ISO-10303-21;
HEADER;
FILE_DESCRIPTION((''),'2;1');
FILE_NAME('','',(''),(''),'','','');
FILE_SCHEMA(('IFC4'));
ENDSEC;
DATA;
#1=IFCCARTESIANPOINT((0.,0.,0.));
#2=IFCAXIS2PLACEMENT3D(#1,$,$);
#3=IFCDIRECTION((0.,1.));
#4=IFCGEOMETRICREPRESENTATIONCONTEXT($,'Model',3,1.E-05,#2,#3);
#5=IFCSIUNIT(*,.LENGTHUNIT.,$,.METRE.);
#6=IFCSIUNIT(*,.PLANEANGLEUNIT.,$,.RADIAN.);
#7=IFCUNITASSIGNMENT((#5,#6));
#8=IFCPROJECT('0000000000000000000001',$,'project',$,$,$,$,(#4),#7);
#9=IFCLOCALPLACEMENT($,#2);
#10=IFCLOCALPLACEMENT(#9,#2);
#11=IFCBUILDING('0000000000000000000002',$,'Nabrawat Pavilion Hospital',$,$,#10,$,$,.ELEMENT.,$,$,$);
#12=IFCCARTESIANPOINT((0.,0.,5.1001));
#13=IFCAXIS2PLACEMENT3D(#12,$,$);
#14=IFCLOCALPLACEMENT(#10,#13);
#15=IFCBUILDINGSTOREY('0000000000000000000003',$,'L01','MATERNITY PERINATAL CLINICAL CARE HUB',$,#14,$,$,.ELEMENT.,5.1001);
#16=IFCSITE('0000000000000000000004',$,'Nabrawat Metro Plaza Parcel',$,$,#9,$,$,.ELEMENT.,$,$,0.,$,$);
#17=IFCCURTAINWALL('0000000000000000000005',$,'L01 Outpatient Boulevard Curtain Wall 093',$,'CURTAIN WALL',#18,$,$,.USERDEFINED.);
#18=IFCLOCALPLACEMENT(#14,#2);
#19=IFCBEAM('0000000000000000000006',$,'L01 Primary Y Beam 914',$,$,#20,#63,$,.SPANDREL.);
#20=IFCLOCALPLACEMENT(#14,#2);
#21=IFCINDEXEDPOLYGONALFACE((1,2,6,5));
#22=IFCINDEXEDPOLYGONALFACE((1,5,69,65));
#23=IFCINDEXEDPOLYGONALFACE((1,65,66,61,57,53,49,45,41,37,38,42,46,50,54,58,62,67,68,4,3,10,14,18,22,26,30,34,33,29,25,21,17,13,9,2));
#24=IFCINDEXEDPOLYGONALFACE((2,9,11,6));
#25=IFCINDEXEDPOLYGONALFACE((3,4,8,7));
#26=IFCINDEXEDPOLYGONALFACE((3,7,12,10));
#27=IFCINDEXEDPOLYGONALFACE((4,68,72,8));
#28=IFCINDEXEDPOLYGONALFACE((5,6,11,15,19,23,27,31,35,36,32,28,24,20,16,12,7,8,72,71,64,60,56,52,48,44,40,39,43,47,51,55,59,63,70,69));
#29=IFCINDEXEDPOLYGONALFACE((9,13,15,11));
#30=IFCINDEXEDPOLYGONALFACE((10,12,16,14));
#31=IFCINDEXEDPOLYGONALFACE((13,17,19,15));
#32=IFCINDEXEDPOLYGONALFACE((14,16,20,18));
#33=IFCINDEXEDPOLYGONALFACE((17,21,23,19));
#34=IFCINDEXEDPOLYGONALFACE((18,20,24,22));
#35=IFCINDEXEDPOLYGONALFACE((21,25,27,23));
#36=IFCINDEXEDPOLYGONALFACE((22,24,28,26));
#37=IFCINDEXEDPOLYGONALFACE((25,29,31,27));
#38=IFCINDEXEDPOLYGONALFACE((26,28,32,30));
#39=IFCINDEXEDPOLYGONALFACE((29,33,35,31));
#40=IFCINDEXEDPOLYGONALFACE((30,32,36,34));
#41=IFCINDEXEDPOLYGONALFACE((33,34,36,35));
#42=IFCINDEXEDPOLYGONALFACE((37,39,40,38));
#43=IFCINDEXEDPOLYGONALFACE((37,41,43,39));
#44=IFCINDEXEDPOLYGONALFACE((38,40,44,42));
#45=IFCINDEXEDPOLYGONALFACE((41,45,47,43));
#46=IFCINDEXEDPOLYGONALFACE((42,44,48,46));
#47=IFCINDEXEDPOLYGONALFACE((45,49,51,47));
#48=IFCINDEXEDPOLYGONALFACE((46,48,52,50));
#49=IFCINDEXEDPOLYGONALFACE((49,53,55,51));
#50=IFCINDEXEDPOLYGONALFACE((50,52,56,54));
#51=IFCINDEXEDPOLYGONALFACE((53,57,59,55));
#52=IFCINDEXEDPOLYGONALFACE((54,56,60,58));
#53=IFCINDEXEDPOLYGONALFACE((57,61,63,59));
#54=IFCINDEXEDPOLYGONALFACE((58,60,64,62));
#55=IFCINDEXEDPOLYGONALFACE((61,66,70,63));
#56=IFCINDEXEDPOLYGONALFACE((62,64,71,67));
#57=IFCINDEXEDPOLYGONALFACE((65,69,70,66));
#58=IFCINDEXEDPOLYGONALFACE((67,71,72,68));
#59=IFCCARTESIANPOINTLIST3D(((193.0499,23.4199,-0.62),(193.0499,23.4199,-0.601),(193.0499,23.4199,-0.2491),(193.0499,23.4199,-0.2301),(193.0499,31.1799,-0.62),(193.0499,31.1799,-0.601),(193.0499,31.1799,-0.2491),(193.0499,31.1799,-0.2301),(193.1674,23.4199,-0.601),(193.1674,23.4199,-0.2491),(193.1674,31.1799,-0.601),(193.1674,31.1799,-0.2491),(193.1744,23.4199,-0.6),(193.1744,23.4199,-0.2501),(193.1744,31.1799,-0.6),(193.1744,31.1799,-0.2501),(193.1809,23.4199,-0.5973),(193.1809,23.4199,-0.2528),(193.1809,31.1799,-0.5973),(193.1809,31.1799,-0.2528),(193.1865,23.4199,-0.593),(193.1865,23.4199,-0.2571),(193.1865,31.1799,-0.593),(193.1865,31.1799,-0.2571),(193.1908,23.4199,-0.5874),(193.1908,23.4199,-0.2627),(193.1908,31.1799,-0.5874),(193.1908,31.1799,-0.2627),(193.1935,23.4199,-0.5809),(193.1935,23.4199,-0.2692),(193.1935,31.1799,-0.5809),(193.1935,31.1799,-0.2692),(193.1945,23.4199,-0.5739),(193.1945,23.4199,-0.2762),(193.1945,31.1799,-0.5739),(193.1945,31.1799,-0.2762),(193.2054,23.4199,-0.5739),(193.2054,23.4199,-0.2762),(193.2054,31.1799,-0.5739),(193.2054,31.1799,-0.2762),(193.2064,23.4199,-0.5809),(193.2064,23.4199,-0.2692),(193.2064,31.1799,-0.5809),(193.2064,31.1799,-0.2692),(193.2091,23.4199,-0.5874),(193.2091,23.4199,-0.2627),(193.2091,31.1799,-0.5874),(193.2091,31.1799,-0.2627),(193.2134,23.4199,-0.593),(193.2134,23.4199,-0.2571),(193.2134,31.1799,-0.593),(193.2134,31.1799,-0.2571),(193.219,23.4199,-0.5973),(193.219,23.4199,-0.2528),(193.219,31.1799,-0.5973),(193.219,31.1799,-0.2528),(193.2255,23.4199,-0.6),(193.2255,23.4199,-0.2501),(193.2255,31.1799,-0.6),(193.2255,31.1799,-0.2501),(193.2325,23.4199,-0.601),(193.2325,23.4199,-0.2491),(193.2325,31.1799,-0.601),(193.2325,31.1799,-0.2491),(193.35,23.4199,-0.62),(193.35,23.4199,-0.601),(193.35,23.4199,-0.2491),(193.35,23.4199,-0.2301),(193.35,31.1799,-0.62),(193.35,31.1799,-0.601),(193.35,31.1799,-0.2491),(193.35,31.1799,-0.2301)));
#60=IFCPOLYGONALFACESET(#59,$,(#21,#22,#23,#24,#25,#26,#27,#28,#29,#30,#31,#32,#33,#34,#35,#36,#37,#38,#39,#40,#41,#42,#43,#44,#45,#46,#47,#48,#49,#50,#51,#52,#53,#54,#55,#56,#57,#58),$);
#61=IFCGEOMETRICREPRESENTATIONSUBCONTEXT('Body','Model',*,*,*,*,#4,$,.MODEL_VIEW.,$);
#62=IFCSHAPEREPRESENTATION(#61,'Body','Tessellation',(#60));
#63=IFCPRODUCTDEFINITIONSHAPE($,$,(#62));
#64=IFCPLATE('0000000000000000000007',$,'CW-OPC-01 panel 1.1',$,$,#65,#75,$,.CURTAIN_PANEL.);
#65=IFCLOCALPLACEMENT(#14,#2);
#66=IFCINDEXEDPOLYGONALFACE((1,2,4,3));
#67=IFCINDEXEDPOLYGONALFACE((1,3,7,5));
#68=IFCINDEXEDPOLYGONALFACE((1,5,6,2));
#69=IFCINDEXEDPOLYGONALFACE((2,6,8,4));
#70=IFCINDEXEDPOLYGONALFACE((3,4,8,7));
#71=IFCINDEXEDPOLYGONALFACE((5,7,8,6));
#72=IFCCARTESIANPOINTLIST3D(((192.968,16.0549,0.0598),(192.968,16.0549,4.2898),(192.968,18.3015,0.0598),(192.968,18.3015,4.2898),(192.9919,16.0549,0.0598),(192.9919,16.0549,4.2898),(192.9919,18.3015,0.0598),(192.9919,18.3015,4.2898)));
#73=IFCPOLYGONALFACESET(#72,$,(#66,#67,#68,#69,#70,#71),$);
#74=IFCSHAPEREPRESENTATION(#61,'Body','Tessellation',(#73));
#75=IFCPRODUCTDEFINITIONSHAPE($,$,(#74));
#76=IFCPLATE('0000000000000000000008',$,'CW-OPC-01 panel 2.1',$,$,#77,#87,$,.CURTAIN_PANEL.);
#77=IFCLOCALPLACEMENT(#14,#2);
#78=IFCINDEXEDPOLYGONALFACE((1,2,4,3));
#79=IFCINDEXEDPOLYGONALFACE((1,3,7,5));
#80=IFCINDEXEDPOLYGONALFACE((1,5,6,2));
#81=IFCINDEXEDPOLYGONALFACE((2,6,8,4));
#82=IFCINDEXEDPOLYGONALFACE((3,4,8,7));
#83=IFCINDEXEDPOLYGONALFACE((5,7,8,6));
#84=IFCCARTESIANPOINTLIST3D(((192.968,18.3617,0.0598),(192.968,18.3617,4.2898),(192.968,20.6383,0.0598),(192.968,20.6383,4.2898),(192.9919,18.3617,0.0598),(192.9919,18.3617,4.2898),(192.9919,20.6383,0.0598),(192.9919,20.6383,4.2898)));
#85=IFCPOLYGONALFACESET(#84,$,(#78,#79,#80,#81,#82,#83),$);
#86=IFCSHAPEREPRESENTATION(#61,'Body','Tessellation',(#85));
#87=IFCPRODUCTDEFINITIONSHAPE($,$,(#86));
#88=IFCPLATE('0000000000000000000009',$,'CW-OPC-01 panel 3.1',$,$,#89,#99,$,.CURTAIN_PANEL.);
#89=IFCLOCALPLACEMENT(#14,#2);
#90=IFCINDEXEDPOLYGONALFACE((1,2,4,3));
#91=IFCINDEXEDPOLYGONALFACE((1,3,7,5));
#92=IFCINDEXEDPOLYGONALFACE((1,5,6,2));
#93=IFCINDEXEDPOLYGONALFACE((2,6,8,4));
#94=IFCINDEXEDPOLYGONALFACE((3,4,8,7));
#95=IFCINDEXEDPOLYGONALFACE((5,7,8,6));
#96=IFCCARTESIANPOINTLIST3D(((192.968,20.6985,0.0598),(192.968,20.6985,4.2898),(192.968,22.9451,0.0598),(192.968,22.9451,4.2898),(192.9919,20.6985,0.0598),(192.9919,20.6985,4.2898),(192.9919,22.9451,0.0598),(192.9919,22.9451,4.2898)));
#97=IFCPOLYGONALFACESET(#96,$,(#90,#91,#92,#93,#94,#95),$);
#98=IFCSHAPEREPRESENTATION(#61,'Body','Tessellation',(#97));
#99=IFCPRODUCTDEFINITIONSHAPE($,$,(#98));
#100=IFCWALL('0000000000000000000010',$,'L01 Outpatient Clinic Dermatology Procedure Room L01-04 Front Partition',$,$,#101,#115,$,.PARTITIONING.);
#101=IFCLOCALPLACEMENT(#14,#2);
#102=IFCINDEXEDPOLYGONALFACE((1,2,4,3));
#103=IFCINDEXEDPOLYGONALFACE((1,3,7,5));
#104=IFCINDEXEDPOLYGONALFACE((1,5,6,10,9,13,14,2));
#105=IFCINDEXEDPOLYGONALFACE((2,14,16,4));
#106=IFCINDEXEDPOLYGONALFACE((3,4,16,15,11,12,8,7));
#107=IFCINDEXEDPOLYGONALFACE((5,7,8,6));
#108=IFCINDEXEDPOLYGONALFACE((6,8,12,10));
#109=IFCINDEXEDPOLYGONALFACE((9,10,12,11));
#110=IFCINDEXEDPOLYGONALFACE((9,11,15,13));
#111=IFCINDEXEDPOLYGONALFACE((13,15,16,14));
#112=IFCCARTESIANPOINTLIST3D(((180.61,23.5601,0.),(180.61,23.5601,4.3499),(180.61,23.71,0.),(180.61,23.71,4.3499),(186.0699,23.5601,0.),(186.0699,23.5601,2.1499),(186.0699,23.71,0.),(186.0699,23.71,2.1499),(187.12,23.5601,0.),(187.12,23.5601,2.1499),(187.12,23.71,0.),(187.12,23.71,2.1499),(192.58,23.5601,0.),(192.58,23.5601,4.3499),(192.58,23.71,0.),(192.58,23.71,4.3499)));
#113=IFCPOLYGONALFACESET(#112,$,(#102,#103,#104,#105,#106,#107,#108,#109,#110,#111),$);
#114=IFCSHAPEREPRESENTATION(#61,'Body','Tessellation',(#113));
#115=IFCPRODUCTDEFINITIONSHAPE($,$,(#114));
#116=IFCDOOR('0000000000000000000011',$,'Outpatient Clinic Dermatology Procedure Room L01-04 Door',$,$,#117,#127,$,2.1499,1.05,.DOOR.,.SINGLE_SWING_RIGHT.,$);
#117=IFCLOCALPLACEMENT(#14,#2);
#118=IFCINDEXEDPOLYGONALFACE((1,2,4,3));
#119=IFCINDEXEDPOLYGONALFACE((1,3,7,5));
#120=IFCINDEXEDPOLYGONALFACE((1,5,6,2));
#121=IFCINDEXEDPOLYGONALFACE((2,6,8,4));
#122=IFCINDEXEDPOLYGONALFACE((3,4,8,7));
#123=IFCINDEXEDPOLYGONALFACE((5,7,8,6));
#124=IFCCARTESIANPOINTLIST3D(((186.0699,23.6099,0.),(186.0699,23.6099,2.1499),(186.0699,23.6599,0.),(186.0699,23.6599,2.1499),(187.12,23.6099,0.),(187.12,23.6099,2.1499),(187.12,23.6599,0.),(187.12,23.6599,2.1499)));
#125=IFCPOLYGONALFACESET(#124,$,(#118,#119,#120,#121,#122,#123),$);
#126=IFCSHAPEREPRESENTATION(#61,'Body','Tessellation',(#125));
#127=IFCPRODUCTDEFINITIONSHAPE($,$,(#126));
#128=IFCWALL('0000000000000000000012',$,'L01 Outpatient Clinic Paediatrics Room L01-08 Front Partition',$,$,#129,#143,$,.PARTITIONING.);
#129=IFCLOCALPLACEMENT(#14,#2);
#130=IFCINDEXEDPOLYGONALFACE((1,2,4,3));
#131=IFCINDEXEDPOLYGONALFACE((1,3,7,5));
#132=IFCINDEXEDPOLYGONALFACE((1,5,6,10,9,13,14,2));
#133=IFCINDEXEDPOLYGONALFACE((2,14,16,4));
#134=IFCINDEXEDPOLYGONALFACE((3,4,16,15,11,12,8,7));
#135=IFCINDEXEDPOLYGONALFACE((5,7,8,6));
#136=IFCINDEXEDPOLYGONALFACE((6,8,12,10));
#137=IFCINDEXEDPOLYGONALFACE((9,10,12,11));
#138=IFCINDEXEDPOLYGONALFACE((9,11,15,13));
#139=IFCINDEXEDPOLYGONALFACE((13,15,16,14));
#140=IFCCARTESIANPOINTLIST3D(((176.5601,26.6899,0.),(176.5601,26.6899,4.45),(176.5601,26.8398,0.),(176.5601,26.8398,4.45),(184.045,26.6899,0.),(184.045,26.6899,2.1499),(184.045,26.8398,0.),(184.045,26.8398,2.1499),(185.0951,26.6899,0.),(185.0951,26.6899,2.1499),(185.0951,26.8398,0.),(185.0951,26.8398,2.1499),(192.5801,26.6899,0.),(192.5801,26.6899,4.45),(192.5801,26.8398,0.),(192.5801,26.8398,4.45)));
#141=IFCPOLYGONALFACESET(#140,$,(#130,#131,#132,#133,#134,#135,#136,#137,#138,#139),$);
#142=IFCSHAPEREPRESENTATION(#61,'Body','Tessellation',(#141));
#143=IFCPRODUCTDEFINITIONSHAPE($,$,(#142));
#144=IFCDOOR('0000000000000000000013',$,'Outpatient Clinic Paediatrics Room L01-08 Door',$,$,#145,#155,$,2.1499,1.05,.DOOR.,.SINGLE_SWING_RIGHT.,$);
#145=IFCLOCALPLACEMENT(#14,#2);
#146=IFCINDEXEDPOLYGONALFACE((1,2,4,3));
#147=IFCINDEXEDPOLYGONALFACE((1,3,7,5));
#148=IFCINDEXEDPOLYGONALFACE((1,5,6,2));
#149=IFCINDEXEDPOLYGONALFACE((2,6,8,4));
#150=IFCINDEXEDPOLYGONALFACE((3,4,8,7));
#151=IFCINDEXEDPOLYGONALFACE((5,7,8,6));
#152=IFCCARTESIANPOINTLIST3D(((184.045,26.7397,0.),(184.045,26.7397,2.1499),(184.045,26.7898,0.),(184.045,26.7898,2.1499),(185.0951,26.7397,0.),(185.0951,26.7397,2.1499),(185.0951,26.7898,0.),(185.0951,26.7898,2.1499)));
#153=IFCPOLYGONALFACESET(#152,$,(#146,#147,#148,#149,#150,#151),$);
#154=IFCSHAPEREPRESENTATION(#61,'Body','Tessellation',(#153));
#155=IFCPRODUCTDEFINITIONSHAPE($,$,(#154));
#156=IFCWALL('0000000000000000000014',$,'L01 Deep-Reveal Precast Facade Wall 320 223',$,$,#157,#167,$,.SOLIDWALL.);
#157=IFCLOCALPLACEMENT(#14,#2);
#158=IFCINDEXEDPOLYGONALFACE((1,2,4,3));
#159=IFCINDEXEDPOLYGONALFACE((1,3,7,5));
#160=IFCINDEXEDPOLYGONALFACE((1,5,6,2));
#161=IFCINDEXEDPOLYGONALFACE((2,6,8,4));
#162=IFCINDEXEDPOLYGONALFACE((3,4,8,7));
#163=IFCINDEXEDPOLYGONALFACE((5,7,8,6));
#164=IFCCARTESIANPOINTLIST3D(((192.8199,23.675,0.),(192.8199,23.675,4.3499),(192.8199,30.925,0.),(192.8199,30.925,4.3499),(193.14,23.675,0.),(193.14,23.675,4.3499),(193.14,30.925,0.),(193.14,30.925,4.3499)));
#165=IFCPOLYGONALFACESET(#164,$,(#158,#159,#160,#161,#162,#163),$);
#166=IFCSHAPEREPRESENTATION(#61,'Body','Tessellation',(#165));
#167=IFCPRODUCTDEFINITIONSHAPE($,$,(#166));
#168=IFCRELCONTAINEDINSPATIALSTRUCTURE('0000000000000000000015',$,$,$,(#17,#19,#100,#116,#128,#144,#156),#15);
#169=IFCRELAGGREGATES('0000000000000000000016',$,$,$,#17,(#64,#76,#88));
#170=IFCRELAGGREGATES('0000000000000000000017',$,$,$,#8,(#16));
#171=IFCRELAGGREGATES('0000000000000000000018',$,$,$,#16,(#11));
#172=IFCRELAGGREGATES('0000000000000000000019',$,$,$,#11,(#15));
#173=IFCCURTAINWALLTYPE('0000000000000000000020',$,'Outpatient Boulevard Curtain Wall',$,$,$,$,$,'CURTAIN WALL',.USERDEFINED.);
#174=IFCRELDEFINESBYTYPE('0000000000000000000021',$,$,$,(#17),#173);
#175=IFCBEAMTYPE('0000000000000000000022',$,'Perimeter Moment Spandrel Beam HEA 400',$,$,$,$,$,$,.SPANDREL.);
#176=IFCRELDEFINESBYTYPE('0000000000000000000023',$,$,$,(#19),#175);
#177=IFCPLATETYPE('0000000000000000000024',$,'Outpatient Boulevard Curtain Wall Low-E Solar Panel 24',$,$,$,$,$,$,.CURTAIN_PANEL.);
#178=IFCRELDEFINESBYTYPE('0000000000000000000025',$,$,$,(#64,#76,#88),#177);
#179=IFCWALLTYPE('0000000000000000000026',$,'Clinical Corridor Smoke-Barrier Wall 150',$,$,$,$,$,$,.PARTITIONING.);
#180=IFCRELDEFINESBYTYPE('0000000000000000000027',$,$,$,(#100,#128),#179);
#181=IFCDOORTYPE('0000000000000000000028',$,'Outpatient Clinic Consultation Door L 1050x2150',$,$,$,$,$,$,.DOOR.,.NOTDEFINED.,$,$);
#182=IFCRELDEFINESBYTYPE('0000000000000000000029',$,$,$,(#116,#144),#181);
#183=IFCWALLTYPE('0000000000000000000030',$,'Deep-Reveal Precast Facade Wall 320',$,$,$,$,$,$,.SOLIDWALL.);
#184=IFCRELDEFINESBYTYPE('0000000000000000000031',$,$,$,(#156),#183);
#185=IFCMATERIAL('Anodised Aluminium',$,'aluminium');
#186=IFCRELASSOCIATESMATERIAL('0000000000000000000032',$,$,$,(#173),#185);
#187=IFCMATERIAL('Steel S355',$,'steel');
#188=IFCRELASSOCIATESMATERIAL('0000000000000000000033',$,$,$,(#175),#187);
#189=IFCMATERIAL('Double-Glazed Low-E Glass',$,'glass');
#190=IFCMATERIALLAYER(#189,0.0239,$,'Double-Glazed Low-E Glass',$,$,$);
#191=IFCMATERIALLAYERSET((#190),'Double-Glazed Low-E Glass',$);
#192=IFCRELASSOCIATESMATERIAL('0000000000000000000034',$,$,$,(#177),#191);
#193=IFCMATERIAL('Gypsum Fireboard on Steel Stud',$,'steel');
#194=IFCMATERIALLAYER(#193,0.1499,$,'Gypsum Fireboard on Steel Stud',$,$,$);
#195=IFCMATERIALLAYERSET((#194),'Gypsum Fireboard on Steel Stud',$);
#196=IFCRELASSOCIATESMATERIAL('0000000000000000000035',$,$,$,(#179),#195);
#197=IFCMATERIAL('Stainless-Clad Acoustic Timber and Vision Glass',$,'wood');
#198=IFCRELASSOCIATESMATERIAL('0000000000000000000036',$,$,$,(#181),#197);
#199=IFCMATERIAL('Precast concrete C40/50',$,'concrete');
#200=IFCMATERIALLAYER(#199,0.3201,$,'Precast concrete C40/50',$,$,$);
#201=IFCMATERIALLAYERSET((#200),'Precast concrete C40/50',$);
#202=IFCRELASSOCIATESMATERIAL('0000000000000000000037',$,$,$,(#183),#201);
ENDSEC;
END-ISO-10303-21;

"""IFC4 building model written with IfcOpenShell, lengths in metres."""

from ifc_helpers import new_model, si_unit, direction, frame, frame_2d, origin, origin_2d, place, context, subcontext, project, spatial, rectangle, i_section, extrude, material, layer, layer_set, material_profile, profile_set, type_object, element, fill, aggregate, save


model = new_model("IFC4")

# Units and contexts
model_context = context("Model", 3, precision=1e-05, world=origin(), true_north=direction((0.0, 1.0)))
body_context = subcontext(model_context, "Body", "Model", "MODEL_VIEW")
ifc_project = project(units=[si_unit("LENGTHUNIT", "METRE"), si_unit("PLANEANGLEUNIT", "RADIAN")], contexts=[model_context])

# Site, building, storey
site_placement = place(None, origin())
site = spatial("IfcSite", under=ifc_project, at=site_placement, Name="Nabrawat Metro Plaza Parcel", CompositionType="ELEMENT", RefElevation=0.0)
building_placement = place(site_placement, origin())
building = spatial("IfcBuilding", under=site, at=building_placement, Name="Nabrawat Pavilion Hospital", CompositionType="ELEMENT")
storey_placement = place(building_placement, frame((0.0, 0.0, 5.1001)))
storey = spatial("IfcBuildingStorey", under=building, at=storey_placement, Name="L01", Description="MATERNITY PERINATAL CLINICAL CARE HUB", CompositionType="ELEMENT", Elevation=5.1001)

# Shared definitions
ifc_material_1 = material(Name="Steel S355", Category="steel")

# Curtain wall
ifc_material_2 = material(Name="Anodised Aluminium", Category="aluminium")
curtain_wall_type = type_object("IfcCurtainWallType", Name="Outpatient Boulevard Curtain Wall", ElementType="CURTAIN WALL", PredefinedType="USERDEFINED", material=ifc_material_2)
curtain_wall_placement = place(storey_placement, origin())
curtain_wall = element("IfcCurtainWall", 1, at=curtain_wall_placement, inside=storey, type_object=curtain_wall_type, Name="L01 Outpatient Boulevard Curtain Wall 093", ObjectType="CURTAIN WALL", PredefinedType="USERDEFINED")

# Beam
ifc_material_profile_1 = material_profile(ifc_material_1, i_section(OverallWidth=0.3, OverallDepth=0.3899, WebThickness=0.011, FlangeThickness=0.019, FilletRadius=0.0271, at=origin_2d()), Name="HEA 400")
ifc_profile_set_1 = profile_set([ifc_material_profile_1], Name="Steel S355")
beam_type = type_object("IfcBeamType", Name="Perimeter Moment Spandrel Beam HEA 400", PredefinedType="SPANDREL", material=ifc_profile_set_1)
beam_placement = place(storey_placement, frame((193.2, 23.4199, -0.425), z_axis=(0.0, 1.0, 0.0), x_axis=(-1.0, 0.0, 0.0)))
element("IfcBeam", 2, at=beam_placement, inside=storey, type_object=beam_type, Name="L01 Primary Y Beam 914", PredefinedType="SPANDREL", context=body_context, shape_type="SweptSolid", body=[
    extrude(i_section(OverallWidth=0.3, OverallDepth=0.3899, WebThickness=0.011, FlangeThickness=0.019, FilletRadius=0.0271, at=origin_2d()), origin(), (0.0, 0.0, 1.0), 7.76),
])

# Plates
ifc_material_3 = material(Name="Double-Glazed Low-E Glass", Category="glass")
ifc_layer_1 = layer(ifc_material_3, 0.0239, Name="Double-Glazed Low-E Glass")
ifc_layer_set_1 = layer_set([ifc_layer_1], Name="Double-Glazed Low-E Glass")
plate_type = type_object("IfcPlateType", Name="Outpatient Boulevard Curtain Wall Low-E Solar Panel 24", PredefinedType="CURTAIN_PANEL", material=ifc_layer_set_1)
plate_1_placement = place(storey_placement, frame((192.98, 17.1782, 0.0598), z_axis=(0.0, 0.0, 1.0), x_axis=(0.0, 1.0, 0.0)))
plate_1 = element("IfcPlate", 3, at=plate_1_placement, type_object=plate_type, Name="CW-OPC-01 panel 1.1", PredefinedType="CURTAIN_PANEL", context=body_context, shape_type="SweptSolid", body=[
    extrude(rectangle(XDim=2.2466, YDim=0.0239, at=origin_2d()), origin(), (0.0, 0.0, 1.0), 4.23),
])
plate_2_placement = place(storey_placement, frame((192.98, 19.5, 0.0598), z_axis=(0.0, 0.0, 1.0), x_axis=(0.0, 1.0, 0.0)))
plate_2 = element("IfcPlate", 4, at=plate_2_placement, type_object=plate_type, Name="CW-OPC-01 panel 2.1", PredefinedType="CURTAIN_PANEL", context=body_context, shape_type="SweptSolid", body=[
    extrude(rectangle(XDim=2.2766, YDim=0.0239, at=origin_2d()), origin(), (0.0, 0.0, 1.0), 4.23),
])
plate_3_placement = place(storey_placement, frame((192.98, 21.8218, 0.0598), z_axis=(0.0, 0.0, 1.0), x_axis=(0.0, 1.0, 0.0)))
plate_3 = element("IfcPlate", 5, at=plate_3_placement, type_object=plate_type, Name="CW-OPC-01 panel 3.1", PredefinedType="CURTAIN_PANEL", context=body_context, shape_type="SweptSolid", body=[
    extrude(rectangle(XDim=2.2466, YDim=0.0239, at=origin_2d()), origin(), (0.0, 0.0, 1.0), 4.23),
])
aggregate(curtain_wall, [plate_1, plate_2, plate_3])

# Walls, openings, doors
ifc_material_4 = material(Name="Gypsum Fireboard on Steel Stud", Category="steel")
ifc_layer_2 = layer(ifc_material_4, 0.1499, Name="Gypsum Fireboard on Steel Stud")
ifc_layer_set_2 = layer_set([ifc_layer_2], Name="Gypsum Fireboard on Steel Stud")
wall_type_1 = type_object("IfcWallType", Name="Clinical Corridor Smoke-Barrier Wall 150", PredefinedType="PARTITIONING", material=ifc_layer_set_2)
wall_1_placement = place(storey_placement, frame((180.6101, 23.635, 0.0), z_axis=(0.0, 0.0, 1.0), x_axis=(1.0, 0.0, 0.0)))
wall_1 = element("IfcWall", 6, at=wall_1_placement, inside=storey, type_object=wall_type_1, Name="L01 Outpatient Clinic Dermatology Procedure Room L01-04 Front Partition", PredefinedType="PARTITIONING", context=body_context, shape_type="SweptSolid", body=[
    extrude(rectangle(XDim=11.97, YDim=0.1499, at=frame_2d((5.9849, 0.0))), origin(), (0.0, 0.0, 1.0), 4.3499),
])
opening_1_placement = place(wall_1_placement, frame((5.46, 0.0, 0.0)))
opening_1 = element("IfcOpeningElement", 7, at=opening_1_placement, cuts=wall_1, PredefinedType="OPENING", context=body_context, shape_type="SweptSolid", body=[
    extrude(rectangle(XDim=1.05, YDim=2.1499, at=frame_2d((0.5249, 1.075))), frame((0.0, 0.085, 0.0), z_axis=(0.0, -1.0, 0.0), x_axis=(1.0, 0.0, 0.0)), (0.0, 0.0, 1.0), 0.1699),
])
ifc_material_5 = material(Name="Stainless-Clad Acoustic Timber and Vision Glass", Category="wood")
door_type = type_object("IfcDoorType", Name="Outpatient Clinic Consultation Door L 1050x2150", OperationType="NOTDEFINED", PredefinedType="DOOR", material=ifc_material_5)
door_1_placement = place(opening_1_placement, origin())
door_1 = element("IfcDoor", 8, at=door_1_placement, inside=storey, type_object=door_type, Name="Outpatient Clinic Dermatology Procedure Room L01-04 Door", OperationType="SINGLE_SWING_RIGHT", OverallHeight=2.1499, OverallWidth=1.05, PredefinedType="DOOR", context=body_context, shape_type="SweptSolid", body=[
    extrude(rectangle(XDim=1.05, YDim=2.1499, at=frame_2d((0.5249, 1.075))), frame((0.0, 0.0249, 0.0), z_axis=(0.0, -1.0, 0.0), x_axis=(1.0, 0.0, 0.0)), (0.0, 0.0, 1.0), 0.05),
])
fill(opening_1, door_1)
wall_2_placement = place(storey_placement, frame((176.5601, 26.7649, 0.0), z_axis=(0.0, 0.0, 1.0), x_axis=(1.0, 0.0, 0.0)))
wall_2 = element("IfcWall", 9, at=wall_2_placement, inside=storey, type_object=wall_type_1, Name="L01 Outpatient Clinic Paediatrics Room L01-08 Front Partition", PredefinedType="PARTITIONING", context=body_context, shape_type="SweptSolid", body=[
    extrude(rectangle(XDim=16.02, YDim=0.1499, at=frame_2d((8.01, 0.0))), origin(), (0.0, 0.0, 1.0), 4.45),
])
opening_2_placement = place(wall_2_placement, frame((7.4851, 0.0, 0.0)))
opening_2 = element("IfcOpeningElement", 10, at=opening_2_placement, cuts=wall_2, PredefinedType="OPENING", context=body_context, shape_type="SweptSolid", body=[
    extrude(rectangle(XDim=1.05, YDim=2.1499, at=frame_2d((0.5249, 1.075))), frame((0.0, 0.085, 0.0), z_axis=(0.0, -1.0, 0.0), x_axis=(1.0, 0.0, 0.0)), (0.0, 0.0, 1.0), 0.1699),
])
door_2_placement = place(opening_2_placement, origin())
door_2 = element("IfcDoor", 11, at=door_2_placement, inside=storey, type_object=door_type, Name="Outpatient Clinic Paediatrics Room L01-08 Door", OperationType="SINGLE_SWING_RIGHT", OverallHeight=2.1499, OverallWidth=1.05, PredefinedType="DOOR", context=body_context, shape_type="SweptSolid", body=[
    extrude(rectangle(XDim=1.05, YDim=2.1499, at=frame_2d((0.5249, 1.075))), frame((0.0, 0.0249, 0.0), z_axis=(0.0, -1.0, 0.0), x_axis=(1.0, 0.0, 0.0)), (0.0, 0.0, 1.0), 0.05),
])
fill(opening_2, door_2)

# Wall
ifc_material_6 = material(Name="Precast concrete C40/50", Category="concrete")
ifc_layer_3 = layer(ifc_material_6, 0.3201, Name="Precast concrete C40/50")
ifc_layer_set_3 = layer_set([ifc_layer_3], Name="Precast concrete C40/50")
wall_type_2 = type_object("IfcWallType", Name="Deep-Reveal Precast Facade Wall 320", PredefinedType="SOLIDWALL", material=ifc_layer_set_3)
wall_3_placement = place(storey_placement, frame((192.98, 23.675, 0.0), z_axis=(0.0, 0.0, 1.0), x_axis=(0.0, 1.0, 0.0)))
element("IfcWall", 12, at=wall_3_placement, inside=storey, type_object=wall_type_2, Name="L01 Deep-Reveal Precast Facade Wall 320 223", PredefinedType="SOLIDWALL", context=body_context, shape_type="SweptSolid", body=[
    extrude(rectangle(XDim=7.25, YDim=0.3201, at=frame_2d((3.625, 0.0))), origin(), (0.0, 0.0, 1.0), 4.3499),
])

save(model, "model.ifc")
